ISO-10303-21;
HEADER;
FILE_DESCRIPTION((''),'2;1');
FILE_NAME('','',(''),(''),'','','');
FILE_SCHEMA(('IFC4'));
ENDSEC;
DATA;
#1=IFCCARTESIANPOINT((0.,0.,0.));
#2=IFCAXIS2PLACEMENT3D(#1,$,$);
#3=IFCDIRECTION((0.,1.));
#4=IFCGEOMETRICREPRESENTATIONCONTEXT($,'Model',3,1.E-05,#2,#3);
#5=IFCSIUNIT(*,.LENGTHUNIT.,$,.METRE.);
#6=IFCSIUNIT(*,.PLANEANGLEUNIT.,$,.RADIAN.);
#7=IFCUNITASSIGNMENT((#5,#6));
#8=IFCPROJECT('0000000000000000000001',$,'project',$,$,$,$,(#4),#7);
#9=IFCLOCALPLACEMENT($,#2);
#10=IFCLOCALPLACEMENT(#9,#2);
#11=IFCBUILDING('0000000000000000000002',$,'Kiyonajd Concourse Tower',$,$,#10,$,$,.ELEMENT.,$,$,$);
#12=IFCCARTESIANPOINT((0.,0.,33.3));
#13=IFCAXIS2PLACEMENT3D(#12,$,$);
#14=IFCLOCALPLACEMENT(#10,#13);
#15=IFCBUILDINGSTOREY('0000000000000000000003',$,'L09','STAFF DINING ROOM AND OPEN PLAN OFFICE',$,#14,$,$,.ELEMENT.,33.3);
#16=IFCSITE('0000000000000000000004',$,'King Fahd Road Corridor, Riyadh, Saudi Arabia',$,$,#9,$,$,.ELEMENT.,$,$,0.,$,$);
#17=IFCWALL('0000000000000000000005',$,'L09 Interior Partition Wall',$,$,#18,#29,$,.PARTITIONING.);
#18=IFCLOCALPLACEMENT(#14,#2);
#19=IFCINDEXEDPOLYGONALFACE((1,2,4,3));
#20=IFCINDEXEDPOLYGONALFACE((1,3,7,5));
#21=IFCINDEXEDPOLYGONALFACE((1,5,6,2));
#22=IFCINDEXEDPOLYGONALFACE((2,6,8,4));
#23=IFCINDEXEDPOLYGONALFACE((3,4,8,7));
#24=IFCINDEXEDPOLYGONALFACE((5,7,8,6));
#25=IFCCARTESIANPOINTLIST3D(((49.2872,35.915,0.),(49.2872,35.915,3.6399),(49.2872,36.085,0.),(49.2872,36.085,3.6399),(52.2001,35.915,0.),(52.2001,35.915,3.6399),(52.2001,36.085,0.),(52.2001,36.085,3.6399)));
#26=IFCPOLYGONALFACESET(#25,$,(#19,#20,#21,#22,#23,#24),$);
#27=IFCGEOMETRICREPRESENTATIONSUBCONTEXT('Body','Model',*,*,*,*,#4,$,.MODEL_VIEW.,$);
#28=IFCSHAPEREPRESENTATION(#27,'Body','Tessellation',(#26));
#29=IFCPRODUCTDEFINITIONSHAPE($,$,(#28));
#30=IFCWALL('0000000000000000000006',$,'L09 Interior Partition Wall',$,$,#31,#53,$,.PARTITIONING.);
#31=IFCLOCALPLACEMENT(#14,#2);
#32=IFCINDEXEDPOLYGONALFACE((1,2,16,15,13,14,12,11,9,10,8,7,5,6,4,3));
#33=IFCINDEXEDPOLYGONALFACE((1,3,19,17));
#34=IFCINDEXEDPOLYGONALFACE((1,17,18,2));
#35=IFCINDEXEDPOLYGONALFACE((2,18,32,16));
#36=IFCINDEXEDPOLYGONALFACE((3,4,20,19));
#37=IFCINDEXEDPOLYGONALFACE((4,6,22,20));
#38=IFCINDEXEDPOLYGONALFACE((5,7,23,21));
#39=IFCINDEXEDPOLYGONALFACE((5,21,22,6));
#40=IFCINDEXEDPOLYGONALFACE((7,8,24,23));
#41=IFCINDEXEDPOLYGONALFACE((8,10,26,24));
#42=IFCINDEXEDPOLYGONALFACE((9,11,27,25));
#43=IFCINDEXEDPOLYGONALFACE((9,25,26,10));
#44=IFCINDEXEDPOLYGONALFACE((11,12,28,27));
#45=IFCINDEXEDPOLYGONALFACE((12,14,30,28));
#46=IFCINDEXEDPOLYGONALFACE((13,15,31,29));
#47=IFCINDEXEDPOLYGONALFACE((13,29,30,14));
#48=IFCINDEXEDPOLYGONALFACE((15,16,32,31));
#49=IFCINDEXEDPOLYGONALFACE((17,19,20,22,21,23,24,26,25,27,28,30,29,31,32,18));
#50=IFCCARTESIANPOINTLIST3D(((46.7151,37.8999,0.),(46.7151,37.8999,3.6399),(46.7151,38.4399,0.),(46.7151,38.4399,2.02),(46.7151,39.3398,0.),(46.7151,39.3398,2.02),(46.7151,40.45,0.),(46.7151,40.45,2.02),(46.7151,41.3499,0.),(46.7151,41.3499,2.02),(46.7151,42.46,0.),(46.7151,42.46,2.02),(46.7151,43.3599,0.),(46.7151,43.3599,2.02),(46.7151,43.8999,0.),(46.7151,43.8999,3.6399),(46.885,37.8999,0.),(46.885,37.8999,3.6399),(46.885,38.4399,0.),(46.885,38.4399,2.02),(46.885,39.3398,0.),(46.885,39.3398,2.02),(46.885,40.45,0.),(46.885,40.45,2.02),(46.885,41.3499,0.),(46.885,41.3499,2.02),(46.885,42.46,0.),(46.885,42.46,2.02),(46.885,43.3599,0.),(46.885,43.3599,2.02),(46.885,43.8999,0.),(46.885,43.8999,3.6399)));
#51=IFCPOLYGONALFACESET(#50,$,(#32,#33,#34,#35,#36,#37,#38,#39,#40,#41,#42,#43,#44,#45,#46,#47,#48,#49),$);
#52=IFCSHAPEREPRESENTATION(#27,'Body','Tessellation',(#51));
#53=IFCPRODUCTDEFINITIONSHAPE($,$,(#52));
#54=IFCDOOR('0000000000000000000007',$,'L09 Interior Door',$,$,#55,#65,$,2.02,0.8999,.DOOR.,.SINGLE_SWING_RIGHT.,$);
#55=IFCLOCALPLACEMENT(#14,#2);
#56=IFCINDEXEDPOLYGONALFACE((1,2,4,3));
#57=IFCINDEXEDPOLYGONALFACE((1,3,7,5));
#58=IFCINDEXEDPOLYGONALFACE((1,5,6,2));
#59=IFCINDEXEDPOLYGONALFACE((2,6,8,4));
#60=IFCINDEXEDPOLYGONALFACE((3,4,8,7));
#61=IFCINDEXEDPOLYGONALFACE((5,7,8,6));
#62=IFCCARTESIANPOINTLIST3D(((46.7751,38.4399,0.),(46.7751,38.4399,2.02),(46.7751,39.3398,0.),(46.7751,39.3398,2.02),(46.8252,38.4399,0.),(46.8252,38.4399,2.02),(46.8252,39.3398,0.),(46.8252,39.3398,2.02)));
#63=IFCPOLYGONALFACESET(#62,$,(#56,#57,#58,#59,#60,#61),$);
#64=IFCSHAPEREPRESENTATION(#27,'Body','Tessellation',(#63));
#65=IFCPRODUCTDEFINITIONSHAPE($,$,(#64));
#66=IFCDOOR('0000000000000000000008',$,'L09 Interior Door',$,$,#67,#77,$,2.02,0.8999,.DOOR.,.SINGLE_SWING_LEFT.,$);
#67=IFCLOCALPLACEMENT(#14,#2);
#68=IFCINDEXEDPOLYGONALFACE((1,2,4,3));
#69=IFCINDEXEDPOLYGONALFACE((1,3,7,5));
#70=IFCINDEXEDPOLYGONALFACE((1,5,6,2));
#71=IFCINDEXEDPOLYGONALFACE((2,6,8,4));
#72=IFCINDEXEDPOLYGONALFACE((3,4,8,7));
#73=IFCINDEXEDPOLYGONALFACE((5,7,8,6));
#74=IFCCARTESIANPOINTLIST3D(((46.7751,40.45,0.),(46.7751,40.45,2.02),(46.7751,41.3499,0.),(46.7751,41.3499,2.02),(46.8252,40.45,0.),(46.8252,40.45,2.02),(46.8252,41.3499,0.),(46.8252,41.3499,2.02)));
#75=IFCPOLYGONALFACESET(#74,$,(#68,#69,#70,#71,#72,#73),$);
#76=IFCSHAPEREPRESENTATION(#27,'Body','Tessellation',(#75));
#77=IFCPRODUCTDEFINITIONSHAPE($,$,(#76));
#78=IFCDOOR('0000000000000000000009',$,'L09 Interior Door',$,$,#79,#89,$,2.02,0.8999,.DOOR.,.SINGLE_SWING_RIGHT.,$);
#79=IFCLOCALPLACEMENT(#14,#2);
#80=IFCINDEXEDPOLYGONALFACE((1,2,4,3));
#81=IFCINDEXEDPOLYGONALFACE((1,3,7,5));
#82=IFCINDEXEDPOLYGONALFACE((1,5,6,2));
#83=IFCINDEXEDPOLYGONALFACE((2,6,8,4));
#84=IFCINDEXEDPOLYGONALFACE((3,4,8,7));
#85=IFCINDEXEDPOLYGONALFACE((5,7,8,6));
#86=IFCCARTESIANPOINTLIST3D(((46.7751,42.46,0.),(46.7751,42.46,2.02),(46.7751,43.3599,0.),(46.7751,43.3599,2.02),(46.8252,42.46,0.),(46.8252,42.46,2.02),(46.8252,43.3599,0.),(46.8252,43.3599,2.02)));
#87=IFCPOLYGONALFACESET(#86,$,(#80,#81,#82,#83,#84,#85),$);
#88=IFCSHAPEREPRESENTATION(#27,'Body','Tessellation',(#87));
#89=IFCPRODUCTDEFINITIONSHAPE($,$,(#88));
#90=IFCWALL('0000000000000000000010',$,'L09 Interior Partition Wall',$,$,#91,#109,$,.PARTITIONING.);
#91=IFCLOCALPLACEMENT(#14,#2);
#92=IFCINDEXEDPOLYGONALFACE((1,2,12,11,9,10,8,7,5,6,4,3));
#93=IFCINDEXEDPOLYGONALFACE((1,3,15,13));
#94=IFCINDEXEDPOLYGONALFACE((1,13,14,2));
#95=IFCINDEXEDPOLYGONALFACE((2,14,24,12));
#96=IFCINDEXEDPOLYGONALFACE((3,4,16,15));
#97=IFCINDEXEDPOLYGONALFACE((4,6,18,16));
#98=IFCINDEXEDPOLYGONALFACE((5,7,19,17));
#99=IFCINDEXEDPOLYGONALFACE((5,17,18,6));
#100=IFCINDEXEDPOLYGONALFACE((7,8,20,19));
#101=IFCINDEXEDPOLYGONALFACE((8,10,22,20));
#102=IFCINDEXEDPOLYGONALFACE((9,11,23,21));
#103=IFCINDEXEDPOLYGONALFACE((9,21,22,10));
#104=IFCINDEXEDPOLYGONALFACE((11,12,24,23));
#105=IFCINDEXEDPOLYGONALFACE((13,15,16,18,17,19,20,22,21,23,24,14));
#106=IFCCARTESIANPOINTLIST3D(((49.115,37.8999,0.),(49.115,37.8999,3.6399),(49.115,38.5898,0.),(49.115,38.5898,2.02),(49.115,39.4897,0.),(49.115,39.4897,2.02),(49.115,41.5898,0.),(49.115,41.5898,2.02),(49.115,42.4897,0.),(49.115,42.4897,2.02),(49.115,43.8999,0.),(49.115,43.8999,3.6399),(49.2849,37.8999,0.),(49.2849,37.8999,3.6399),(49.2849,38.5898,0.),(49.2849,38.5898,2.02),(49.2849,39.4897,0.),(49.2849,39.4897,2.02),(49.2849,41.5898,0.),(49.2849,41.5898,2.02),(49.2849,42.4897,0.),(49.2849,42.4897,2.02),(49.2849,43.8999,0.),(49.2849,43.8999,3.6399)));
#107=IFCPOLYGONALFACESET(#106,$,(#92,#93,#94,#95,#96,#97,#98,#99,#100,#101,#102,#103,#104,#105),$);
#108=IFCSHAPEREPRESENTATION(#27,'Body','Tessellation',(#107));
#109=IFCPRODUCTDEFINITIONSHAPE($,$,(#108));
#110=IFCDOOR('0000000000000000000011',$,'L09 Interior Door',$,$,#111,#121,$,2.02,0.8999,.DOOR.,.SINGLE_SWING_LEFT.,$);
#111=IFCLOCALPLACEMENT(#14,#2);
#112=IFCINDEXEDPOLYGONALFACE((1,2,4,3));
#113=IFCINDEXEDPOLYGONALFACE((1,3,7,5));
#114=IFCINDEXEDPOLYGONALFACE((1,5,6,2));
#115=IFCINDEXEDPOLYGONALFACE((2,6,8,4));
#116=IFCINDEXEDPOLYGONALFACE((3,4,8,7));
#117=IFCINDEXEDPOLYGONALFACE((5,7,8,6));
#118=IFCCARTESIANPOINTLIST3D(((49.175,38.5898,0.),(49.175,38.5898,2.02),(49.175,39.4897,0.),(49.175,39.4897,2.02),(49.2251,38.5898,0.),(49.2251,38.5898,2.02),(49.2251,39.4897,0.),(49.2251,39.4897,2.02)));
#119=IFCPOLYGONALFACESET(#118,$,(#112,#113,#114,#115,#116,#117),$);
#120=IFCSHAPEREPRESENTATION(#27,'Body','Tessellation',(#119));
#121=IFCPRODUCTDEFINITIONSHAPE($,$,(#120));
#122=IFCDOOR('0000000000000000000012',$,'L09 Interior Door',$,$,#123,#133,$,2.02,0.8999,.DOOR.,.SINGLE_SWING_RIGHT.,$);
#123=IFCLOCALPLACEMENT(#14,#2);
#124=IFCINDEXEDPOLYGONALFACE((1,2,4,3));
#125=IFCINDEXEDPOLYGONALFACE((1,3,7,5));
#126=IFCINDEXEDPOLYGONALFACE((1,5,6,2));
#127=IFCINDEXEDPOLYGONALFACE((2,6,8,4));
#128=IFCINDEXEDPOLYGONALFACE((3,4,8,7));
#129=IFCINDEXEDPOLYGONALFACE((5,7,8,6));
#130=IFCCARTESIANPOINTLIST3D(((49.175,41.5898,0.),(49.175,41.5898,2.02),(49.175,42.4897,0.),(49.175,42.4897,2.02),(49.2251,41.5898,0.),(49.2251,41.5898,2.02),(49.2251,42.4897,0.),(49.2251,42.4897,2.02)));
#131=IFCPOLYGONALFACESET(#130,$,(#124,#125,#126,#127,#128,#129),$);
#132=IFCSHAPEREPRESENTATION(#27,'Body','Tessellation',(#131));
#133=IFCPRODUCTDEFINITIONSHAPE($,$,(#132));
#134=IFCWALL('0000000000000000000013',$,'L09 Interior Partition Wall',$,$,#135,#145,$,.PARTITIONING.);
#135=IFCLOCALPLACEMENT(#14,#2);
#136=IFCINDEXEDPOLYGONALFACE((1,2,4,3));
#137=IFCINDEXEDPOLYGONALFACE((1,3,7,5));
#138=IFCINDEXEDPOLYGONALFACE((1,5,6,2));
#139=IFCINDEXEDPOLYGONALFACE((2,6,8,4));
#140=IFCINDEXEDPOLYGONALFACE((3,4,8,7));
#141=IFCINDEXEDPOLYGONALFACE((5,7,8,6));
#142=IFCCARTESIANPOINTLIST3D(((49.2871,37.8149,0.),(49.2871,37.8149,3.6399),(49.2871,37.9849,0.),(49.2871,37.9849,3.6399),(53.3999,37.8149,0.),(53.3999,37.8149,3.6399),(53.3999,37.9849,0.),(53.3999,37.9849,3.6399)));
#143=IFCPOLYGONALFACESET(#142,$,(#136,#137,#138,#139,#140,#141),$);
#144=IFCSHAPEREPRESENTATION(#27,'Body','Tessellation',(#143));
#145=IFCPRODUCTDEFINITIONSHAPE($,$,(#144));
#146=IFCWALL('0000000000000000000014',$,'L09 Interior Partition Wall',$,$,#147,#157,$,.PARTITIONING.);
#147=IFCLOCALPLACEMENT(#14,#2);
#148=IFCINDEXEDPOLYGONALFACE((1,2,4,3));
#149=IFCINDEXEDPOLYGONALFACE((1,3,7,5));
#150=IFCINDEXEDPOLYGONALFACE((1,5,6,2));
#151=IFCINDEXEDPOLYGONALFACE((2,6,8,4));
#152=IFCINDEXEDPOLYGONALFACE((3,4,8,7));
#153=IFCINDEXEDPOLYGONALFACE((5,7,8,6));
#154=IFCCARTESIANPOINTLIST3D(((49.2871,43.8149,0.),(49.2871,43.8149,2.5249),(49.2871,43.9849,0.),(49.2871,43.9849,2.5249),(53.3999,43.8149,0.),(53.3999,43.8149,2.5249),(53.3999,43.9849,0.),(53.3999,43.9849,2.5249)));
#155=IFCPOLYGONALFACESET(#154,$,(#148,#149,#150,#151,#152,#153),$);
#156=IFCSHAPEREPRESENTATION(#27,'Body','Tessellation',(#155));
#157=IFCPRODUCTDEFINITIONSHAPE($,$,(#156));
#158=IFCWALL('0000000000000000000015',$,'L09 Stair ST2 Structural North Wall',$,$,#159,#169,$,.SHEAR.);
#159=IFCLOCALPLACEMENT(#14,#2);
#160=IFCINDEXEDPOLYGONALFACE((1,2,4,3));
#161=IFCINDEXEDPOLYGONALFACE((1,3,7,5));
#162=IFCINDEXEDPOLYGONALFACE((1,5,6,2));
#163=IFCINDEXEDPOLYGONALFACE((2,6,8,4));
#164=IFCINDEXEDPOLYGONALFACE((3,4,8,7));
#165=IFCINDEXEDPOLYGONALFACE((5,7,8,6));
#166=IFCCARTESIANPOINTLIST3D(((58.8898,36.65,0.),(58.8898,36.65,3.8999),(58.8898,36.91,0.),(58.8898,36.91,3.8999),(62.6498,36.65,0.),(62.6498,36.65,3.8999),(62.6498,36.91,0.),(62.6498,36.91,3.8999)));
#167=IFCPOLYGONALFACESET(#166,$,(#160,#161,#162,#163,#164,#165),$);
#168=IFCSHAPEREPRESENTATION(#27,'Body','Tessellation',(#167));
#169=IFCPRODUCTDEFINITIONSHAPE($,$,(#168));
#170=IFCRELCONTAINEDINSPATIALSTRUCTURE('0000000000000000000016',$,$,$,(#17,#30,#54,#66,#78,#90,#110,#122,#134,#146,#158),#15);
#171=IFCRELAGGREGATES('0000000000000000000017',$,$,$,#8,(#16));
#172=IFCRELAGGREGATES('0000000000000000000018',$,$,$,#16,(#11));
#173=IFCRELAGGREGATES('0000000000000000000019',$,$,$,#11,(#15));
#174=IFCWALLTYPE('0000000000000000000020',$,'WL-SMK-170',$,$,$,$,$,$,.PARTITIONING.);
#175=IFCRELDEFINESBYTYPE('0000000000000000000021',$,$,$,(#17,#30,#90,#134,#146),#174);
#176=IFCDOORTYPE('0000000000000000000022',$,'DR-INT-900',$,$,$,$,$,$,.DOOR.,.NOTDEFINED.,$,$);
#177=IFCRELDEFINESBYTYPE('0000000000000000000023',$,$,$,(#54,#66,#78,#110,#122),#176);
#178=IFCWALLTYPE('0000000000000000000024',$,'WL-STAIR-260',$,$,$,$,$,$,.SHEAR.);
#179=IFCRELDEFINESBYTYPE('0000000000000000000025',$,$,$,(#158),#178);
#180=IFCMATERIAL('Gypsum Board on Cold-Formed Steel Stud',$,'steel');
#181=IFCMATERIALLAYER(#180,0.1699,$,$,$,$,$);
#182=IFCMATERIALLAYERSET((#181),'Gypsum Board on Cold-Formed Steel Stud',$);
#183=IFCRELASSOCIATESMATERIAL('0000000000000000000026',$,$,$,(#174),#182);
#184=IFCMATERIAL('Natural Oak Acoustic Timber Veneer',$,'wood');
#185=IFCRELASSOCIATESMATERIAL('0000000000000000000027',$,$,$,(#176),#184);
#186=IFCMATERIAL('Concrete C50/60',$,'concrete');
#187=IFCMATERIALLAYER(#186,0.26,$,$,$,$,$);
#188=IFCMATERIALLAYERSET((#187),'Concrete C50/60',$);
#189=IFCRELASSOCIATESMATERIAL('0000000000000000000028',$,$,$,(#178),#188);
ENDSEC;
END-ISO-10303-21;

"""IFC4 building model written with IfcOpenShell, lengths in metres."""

from ifc_helpers import new_model, si_unit, direction, frame, frame_2d, origin, place, context, subcontext, project, spatial, rectangle, extrude, material, layer, layer_set, type_object, element, fill, save


model = new_model("IFC4")

# Units and contexts
model_context = context("Model", 3, precision=1e-05, world=origin(), true_north=direction((0.0, 1.0)))
body_context = subcontext(model_context, "Body", "Model", "MODEL_VIEW")
ifc_project = project(units=[si_unit("LENGTHUNIT", "METRE"), si_unit("PLANEANGLEUNIT", "RADIAN")], contexts=[model_context])

# Site, building, storey
site_placement = place(None, origin())
site = spatial("IfcSite", under=ifc_project, at=site_placement, Name="King Fahd Road Corridor, Riyadh, Saudi Arabia", CompositionType="ELEMENT", RefElevation=0.0)
building_placement = place(site_placement, origin())
building = spatial("IfcBuilding", under=site, at=building_placement, Name="Kiyonajd Concourse Tower", CompositionType="ELEMENT")
storey_placement = place(building_placement, frame((0.0, 0.0, 33.3)))
storey = spatial("IfcBuildingStorey", under=building, at=storey_placement, Name="L09", Description="STAFF DINING ROOM AND OPEN PLAN OFFICE", CompositionType="ELEMENT", Elevation=33.3)

# Shared definitions
ifc_material_1 = material(Name="Concrete C50/60", Category="concrete")

# Wall
ifc_material_2 = material(Name="Gypsum Board on Cold-Formed Steel Stud", Category="steel")
ifc_layer_1 = layer(ifc_material_2, 0.1699)
ifc_layer_set_1 = layer_set([ifc_layer_1], Name="Gypsum Board on Cold-Formed Steel Stud")
wall_type_1 = type_object("IfcWallType", Name="WL-SMK-170", PredefinedType="PARTITIONING", material=ifc_layer_set_1)
wall_1_placement = place(storey_placement, frame((49.2871, 36.0, 0.0), z_axis=(0.0, 0.0, 1.0), x_axis=(1.0, 0.0, 0.0)))
element("IfcWall", 1, at=wall_1_placement, inside=storey, type_object=wall_type_1, Name="L09 Interior Partition Wall", PredefinedType="PARTITIONING", context=body_context, shape_type="SweptSolid", body=[
    extrude(rectangle(XDim=2.9128, YDim=0.1699, at=frame_2d((1.4565, 0.0))), origin(), (0.0, 0.0, 1.0), 3.6399),
])

# Walls, openings, doors
wall_2_placement = place(storey_placement, frame((46.8, 37.8999, 0.0), z_axis=(0.0, 0.0, 1.0), x_axis=(0.0, 1.0, 0.0)))
wall_2 = element("IfcWall", 2, at=wall_2_placement, inside=storey, type_object=wall_type_1, Name="L09 Interior Partition Wall", PredefinedType="PARTITIONING", context=body_context, shape_type="SweptSolid", body=[
    extrude(rectangle(XDim=6.0, YDim=0.1699, at=frame_2d((3.0, 0.0))), origin(), (0.0, 0.0, 1.0), 3.6399),
])
opening_1_placement = place(wall_2_placement, frame((0.54, 0.0, 0.0)))
opening_1 = element("IfcOpeningElement", 3, at=opening_1_placement, cuts=wall_2, PredefinedType="OPENING", context=body_context, shape_type="SweptSolid", body=[
    extrude(rectangle(XDim=0.8999, YDim=2.02, at=frame_2d((0.45, 1.01))), frame((0.0, 0.095, 0.0), z_axis=(0.0, -1.0, 0.0), x_axis=(1.0, 0.0, 0.0)), (0.0, 0.0, 1.0), 0.1899),
])
opening_2_placement = place(wall_2_placement, frame((2.55, 0.0, 0.0)))
opening_2 = element("IfcOpeningElement", 4, at=opening_2_placement, cuts=wall_2, PredefinedType="OPENING", context=body_context, shape_type="SweptSolid", body=[
    extrude(rectangle(XDim=0.8999, YDim=2.02, at=frame_2d((0.45, 1.01))), frame((0.0, 0.095, 0.0), z_axis=(0.0, -1.0, 0.0), x_axis=(1.0, 0.0, 0.0)), (0.0, 0.0, 1.0), 0.1899),
])
opening_3_placement = place(wall_2_placement, frame((4.5601, 0.0, 0.0)))
opening_3 = element("IfcOpeningElement", 5, at=opening_3_placement, cuts=wall_2, PredefinedType="OPENING", context=body_context, shape_type="SweptSolid", body=[
    extrude(rectangle(XDim=0.8999, YDim=2.02, at=frame_2d((0.45, 1.01))), frame((0.0, 0.095, 0.0), z_axis=(0.0, -1.0, 0.0), x_axis=(1.0, 0.0, 0.0)), (0.0, 0.0, 1.0), 0.1899),
])
ifc_material_3 = material(Name="Natural Oak Acoustic Timber Veneer", Category="wood")
door_type_1 = type_object("IfcDoorType", Name="DR-INT-900", OperationType="NOTDEFINED", PredefinedType="DOOR", material=ifc_material_3)
door_1_placement = place(opening_1_placement, origin())
door_1 = element("IfcDoor", 6, at=door_1_placement, inside=storey, type_object=door_type_1, Name="L09 Interior Door", OperationType="SINGLE_SWING_RIGHT", OverallHeight=2.02, OverallWidth=0.8999, PredefinedType="DOOR", context=body_context, shape_type="SweptSolid", body=[
    extrude(rectangle(XDim=0.8999, YDim=2.02, at=frame_2d((0.45, 1.01))), frame((0.0, 0.0249, 0.0), z_axis=(0.0, -1.0, 0.0), x_axis=(1.0, 0.0, 0.0)), (0.0, 0.0, 1.0), 0.05),
])
fill(opening_1, door_1)
door_2_placement = place(opening_2_placement, origin())
door_2 = element("IfcDoor", 7, at=door_2_placement, inside=storey, type_object=door_type_1, Name="L09 Interior Door", OperationType="SINGLE_SWING_LEFT", OverallHeight=2.02, OverallWidth=0.8999, PredefinedType="DOOR", context=body_context, shape_type="SweptSolid", body=[
    extrude(rectangle(XDim=0.8999, YDim=2.02, at=frame_2d((0.45, 1.01))), frame((0.0, 0.0249, 0.0), z_axis=(0.0, -1.0, 0.0), x_axis=(1.0, 0.0, 0.0)), (0.0, 0.0, 1.0), 0.05),
])
fill(opening_2, door_2)
door_3_placement = place(opening_3_placement, origin())
door_3 = element("IfcDoor", 8, at=door_3_placement, inside=storey, type_object=door_type_1, Name="L09 Interior Door", OperationType="SINGLE_SWING_RIGHT", OverallHeight=2.02, OverallWidth=0.8999, PredefinedType="DOOR", context=body_context, shape_type="SweptSolid", body=[
    extrude(rectangle(XDim=0.8999, YDim=2.02, at=frame_2d((0.45, 1.01))), frame((0.0, 0.0249, 0.0), z_axis=(0.0, -1.0, 0.0), x_axis=(1.0, 0.0, 0.0)), (0.0, 0.0, 1.0), 0.05),
])
fill(opening_3, door_3)
wall_3_placement = place(storey_placement, frame((49.2, 37.8999, 0.0), z_axis=(0.0, 0.0, 1.0), x_axis=(0.0, 1.0, 0.0)))
wall_3 = element("IfcWall", 9, at=wall_3_placement, inside=storey, type_object=wall_type_1, Name="L09 Interior Partition Wall", PredefinedType="PARTITIONING", context=body_context, shape_type="SweptSolid", body=[
    extrude(rectangle(XDim=6.0, YDim=0.1699, at=frame_2d((3.0, 0.0))), origin(), (0.0, 0.0, 1.0), 3.6399),
])
opening_4_placement = place(wall_3_placement, frame((0.6899, 0.0, 0.0)))
opening_4 = element("IfcOpeningElement", 10, at=opening_4_placement, cuts=wall_3, PredefinedType="OPENING", context=body_context, shape_type="SweptSolid", body=[
    extrude(rectangle(XDim=0.8999, YDim=2.02, at=frame_2d((0.45, 1.01))), frame((0.0, 0.095, 0.0), z_axis=(0.0, -1.0, 0.0), x_axis=(1.0, 0.0, 0.0)), (0.0, 0.0, 1.0), 0.1899),
])
opening_5_placement = place(wall_3_placement, frame((3.6899, 0.0, 0.0)))
opening_5 = element("IfcOpeningElement", 11, at=opening_5_placement, cuts=wall_3, PredefinedType="OPENING", context=body_context, shape_type="SweptSolid", body=[
    extrude(rectangle(XDim=0.8999, YDim=2.02, at=frame_2d((0.45, 1.01))), frame((0.0, 0.095, 0.0), z_axis=(0.0, -1.0, 0.0), x_axis=(1.0, 0.0, 0.0)), (0.0, 0.0, 1.0), 0.1899),
])
door_4_placement = place(opening_4_placement, origin())
door_4 = element("IfcDoor", 12, at=door_4_placement, inside=storey, type_object=door_type_1, Name="L09 Interior Door", OperationType="SINGLE_SWING_LEFT", OverallHeight=2.02, OverallWidth=0.8999, PredefinedType="DOOR", context=body_context, shape_type="SweptSolid", body=[
    extrude(rectangle(XDim=0.8999, YDim=2.02, at=frame_2d((0.45, 1.01))), frame((0.0, 0.0249, 0.0), z_axis=(0.0, -1.0, 0.0), x_axis=(1.0, 0.0, 0.0)), (0.0, 0.0, 1.0), 0.05),
])
fill(opening_4, door_4)
door_5_placement = place(opening_5_placement, origin())
door_5 = element("IfcDoor", 13, at=door_5_placement, inside=storey, type_object=door_type_1, Name="L09 Interior Door", OperationType="SINGLE_SWING_RIGHT", OverallHeight=2.02, OverallWidth=0.8999, PredefinedType="DOOR", context=body_context, shape_type="SweptSolid", body=[
    extrude(rectangle(XDim=0.8999, YDim=2.02, at=frame_2d((0.45, 1.01))), frame((0.0, 0.0249, 0.0), z_axis=(0.0, -1.0, 0.0), x_axis=(1.0, 0.0, 0.0)), (0.0, 0.0, 1.0), 0.05),
])
fill(opening_5, door_5)

# Walls
wall_4_placement = place(storey_placement, frame((49.2871, 37.8999, 0.0), z_axis=(0.0, 0.0, 1.0), x_axis=(1.0, 0.0, 0.0)))
element("IfcWall", 14, at=wall_4_placement, inside=storey, type_object=wall_type_1, Name="L09 Interior Partition Wall", PredefinedType="PARTITIONING", context=body_context, shape_type="SweptSolid", body=[
    extrude(rectangle(XDim=4.1128, YDim=0.1699, at=frame_2d((2.0564, 0.0))), origin(), (0.0, 0.0, 1.0), 3.6399),
])
wall_5_placement = place(storey_placement, frame((49.2871, 43.8999, 0.0), z_axis=(0.0, 0.0, 1.0), x_axis=(1.0, 0.0, 0.0)))
element("IfcWall", 15, at=wall_5_placement, inside=storey, type_object=wall_type_1, Name="L09 Interior Partition Wall", PredefinedType="PARTITIONING", context=body_context, shape_type="SweptSolid", body=[
    extrude(rectangle(XDim=4.1128, YDim=0.1699, at=frame_2d((2.0564, 0.0))), origin(), (0.0, 0.0, 1.0), 2.5249),
])
ifc_layer_2 = layer(ifc_material_1, 0.26)
ifc_layer_set_2 = layer_set([ifc_layer_2], Name="Concrete C50/60")
wall_type_2 = type_object("IfcWallType", Name="WL-STAIR-260", PredefinedType="SHEAR", material=ifc_layer_set_2)
wall_6_placement = place(storey_placement, frame((58.8899, 36.78, 0.0), z_axis=(0.0, 0.0, 1.0), x_axis=(1.0, 0.0, 0.0)))
element("IfcWall", 16, at=wall_6_placement, inside=storey, type_object=wall_type_2, Name="L09 Stair ST2 Structural North Wall", PredefinedType="SHEAR", context=body_context, shape_type="SweptSolid", body=[
    extrude(rectangle(XDim=3.76, YDim=0.26, at=frame_2d((1.8799, 0.0))), origin(), (0.0, 0.0, 1.0), 3.8999),
])

save(model, "model.ifc")
